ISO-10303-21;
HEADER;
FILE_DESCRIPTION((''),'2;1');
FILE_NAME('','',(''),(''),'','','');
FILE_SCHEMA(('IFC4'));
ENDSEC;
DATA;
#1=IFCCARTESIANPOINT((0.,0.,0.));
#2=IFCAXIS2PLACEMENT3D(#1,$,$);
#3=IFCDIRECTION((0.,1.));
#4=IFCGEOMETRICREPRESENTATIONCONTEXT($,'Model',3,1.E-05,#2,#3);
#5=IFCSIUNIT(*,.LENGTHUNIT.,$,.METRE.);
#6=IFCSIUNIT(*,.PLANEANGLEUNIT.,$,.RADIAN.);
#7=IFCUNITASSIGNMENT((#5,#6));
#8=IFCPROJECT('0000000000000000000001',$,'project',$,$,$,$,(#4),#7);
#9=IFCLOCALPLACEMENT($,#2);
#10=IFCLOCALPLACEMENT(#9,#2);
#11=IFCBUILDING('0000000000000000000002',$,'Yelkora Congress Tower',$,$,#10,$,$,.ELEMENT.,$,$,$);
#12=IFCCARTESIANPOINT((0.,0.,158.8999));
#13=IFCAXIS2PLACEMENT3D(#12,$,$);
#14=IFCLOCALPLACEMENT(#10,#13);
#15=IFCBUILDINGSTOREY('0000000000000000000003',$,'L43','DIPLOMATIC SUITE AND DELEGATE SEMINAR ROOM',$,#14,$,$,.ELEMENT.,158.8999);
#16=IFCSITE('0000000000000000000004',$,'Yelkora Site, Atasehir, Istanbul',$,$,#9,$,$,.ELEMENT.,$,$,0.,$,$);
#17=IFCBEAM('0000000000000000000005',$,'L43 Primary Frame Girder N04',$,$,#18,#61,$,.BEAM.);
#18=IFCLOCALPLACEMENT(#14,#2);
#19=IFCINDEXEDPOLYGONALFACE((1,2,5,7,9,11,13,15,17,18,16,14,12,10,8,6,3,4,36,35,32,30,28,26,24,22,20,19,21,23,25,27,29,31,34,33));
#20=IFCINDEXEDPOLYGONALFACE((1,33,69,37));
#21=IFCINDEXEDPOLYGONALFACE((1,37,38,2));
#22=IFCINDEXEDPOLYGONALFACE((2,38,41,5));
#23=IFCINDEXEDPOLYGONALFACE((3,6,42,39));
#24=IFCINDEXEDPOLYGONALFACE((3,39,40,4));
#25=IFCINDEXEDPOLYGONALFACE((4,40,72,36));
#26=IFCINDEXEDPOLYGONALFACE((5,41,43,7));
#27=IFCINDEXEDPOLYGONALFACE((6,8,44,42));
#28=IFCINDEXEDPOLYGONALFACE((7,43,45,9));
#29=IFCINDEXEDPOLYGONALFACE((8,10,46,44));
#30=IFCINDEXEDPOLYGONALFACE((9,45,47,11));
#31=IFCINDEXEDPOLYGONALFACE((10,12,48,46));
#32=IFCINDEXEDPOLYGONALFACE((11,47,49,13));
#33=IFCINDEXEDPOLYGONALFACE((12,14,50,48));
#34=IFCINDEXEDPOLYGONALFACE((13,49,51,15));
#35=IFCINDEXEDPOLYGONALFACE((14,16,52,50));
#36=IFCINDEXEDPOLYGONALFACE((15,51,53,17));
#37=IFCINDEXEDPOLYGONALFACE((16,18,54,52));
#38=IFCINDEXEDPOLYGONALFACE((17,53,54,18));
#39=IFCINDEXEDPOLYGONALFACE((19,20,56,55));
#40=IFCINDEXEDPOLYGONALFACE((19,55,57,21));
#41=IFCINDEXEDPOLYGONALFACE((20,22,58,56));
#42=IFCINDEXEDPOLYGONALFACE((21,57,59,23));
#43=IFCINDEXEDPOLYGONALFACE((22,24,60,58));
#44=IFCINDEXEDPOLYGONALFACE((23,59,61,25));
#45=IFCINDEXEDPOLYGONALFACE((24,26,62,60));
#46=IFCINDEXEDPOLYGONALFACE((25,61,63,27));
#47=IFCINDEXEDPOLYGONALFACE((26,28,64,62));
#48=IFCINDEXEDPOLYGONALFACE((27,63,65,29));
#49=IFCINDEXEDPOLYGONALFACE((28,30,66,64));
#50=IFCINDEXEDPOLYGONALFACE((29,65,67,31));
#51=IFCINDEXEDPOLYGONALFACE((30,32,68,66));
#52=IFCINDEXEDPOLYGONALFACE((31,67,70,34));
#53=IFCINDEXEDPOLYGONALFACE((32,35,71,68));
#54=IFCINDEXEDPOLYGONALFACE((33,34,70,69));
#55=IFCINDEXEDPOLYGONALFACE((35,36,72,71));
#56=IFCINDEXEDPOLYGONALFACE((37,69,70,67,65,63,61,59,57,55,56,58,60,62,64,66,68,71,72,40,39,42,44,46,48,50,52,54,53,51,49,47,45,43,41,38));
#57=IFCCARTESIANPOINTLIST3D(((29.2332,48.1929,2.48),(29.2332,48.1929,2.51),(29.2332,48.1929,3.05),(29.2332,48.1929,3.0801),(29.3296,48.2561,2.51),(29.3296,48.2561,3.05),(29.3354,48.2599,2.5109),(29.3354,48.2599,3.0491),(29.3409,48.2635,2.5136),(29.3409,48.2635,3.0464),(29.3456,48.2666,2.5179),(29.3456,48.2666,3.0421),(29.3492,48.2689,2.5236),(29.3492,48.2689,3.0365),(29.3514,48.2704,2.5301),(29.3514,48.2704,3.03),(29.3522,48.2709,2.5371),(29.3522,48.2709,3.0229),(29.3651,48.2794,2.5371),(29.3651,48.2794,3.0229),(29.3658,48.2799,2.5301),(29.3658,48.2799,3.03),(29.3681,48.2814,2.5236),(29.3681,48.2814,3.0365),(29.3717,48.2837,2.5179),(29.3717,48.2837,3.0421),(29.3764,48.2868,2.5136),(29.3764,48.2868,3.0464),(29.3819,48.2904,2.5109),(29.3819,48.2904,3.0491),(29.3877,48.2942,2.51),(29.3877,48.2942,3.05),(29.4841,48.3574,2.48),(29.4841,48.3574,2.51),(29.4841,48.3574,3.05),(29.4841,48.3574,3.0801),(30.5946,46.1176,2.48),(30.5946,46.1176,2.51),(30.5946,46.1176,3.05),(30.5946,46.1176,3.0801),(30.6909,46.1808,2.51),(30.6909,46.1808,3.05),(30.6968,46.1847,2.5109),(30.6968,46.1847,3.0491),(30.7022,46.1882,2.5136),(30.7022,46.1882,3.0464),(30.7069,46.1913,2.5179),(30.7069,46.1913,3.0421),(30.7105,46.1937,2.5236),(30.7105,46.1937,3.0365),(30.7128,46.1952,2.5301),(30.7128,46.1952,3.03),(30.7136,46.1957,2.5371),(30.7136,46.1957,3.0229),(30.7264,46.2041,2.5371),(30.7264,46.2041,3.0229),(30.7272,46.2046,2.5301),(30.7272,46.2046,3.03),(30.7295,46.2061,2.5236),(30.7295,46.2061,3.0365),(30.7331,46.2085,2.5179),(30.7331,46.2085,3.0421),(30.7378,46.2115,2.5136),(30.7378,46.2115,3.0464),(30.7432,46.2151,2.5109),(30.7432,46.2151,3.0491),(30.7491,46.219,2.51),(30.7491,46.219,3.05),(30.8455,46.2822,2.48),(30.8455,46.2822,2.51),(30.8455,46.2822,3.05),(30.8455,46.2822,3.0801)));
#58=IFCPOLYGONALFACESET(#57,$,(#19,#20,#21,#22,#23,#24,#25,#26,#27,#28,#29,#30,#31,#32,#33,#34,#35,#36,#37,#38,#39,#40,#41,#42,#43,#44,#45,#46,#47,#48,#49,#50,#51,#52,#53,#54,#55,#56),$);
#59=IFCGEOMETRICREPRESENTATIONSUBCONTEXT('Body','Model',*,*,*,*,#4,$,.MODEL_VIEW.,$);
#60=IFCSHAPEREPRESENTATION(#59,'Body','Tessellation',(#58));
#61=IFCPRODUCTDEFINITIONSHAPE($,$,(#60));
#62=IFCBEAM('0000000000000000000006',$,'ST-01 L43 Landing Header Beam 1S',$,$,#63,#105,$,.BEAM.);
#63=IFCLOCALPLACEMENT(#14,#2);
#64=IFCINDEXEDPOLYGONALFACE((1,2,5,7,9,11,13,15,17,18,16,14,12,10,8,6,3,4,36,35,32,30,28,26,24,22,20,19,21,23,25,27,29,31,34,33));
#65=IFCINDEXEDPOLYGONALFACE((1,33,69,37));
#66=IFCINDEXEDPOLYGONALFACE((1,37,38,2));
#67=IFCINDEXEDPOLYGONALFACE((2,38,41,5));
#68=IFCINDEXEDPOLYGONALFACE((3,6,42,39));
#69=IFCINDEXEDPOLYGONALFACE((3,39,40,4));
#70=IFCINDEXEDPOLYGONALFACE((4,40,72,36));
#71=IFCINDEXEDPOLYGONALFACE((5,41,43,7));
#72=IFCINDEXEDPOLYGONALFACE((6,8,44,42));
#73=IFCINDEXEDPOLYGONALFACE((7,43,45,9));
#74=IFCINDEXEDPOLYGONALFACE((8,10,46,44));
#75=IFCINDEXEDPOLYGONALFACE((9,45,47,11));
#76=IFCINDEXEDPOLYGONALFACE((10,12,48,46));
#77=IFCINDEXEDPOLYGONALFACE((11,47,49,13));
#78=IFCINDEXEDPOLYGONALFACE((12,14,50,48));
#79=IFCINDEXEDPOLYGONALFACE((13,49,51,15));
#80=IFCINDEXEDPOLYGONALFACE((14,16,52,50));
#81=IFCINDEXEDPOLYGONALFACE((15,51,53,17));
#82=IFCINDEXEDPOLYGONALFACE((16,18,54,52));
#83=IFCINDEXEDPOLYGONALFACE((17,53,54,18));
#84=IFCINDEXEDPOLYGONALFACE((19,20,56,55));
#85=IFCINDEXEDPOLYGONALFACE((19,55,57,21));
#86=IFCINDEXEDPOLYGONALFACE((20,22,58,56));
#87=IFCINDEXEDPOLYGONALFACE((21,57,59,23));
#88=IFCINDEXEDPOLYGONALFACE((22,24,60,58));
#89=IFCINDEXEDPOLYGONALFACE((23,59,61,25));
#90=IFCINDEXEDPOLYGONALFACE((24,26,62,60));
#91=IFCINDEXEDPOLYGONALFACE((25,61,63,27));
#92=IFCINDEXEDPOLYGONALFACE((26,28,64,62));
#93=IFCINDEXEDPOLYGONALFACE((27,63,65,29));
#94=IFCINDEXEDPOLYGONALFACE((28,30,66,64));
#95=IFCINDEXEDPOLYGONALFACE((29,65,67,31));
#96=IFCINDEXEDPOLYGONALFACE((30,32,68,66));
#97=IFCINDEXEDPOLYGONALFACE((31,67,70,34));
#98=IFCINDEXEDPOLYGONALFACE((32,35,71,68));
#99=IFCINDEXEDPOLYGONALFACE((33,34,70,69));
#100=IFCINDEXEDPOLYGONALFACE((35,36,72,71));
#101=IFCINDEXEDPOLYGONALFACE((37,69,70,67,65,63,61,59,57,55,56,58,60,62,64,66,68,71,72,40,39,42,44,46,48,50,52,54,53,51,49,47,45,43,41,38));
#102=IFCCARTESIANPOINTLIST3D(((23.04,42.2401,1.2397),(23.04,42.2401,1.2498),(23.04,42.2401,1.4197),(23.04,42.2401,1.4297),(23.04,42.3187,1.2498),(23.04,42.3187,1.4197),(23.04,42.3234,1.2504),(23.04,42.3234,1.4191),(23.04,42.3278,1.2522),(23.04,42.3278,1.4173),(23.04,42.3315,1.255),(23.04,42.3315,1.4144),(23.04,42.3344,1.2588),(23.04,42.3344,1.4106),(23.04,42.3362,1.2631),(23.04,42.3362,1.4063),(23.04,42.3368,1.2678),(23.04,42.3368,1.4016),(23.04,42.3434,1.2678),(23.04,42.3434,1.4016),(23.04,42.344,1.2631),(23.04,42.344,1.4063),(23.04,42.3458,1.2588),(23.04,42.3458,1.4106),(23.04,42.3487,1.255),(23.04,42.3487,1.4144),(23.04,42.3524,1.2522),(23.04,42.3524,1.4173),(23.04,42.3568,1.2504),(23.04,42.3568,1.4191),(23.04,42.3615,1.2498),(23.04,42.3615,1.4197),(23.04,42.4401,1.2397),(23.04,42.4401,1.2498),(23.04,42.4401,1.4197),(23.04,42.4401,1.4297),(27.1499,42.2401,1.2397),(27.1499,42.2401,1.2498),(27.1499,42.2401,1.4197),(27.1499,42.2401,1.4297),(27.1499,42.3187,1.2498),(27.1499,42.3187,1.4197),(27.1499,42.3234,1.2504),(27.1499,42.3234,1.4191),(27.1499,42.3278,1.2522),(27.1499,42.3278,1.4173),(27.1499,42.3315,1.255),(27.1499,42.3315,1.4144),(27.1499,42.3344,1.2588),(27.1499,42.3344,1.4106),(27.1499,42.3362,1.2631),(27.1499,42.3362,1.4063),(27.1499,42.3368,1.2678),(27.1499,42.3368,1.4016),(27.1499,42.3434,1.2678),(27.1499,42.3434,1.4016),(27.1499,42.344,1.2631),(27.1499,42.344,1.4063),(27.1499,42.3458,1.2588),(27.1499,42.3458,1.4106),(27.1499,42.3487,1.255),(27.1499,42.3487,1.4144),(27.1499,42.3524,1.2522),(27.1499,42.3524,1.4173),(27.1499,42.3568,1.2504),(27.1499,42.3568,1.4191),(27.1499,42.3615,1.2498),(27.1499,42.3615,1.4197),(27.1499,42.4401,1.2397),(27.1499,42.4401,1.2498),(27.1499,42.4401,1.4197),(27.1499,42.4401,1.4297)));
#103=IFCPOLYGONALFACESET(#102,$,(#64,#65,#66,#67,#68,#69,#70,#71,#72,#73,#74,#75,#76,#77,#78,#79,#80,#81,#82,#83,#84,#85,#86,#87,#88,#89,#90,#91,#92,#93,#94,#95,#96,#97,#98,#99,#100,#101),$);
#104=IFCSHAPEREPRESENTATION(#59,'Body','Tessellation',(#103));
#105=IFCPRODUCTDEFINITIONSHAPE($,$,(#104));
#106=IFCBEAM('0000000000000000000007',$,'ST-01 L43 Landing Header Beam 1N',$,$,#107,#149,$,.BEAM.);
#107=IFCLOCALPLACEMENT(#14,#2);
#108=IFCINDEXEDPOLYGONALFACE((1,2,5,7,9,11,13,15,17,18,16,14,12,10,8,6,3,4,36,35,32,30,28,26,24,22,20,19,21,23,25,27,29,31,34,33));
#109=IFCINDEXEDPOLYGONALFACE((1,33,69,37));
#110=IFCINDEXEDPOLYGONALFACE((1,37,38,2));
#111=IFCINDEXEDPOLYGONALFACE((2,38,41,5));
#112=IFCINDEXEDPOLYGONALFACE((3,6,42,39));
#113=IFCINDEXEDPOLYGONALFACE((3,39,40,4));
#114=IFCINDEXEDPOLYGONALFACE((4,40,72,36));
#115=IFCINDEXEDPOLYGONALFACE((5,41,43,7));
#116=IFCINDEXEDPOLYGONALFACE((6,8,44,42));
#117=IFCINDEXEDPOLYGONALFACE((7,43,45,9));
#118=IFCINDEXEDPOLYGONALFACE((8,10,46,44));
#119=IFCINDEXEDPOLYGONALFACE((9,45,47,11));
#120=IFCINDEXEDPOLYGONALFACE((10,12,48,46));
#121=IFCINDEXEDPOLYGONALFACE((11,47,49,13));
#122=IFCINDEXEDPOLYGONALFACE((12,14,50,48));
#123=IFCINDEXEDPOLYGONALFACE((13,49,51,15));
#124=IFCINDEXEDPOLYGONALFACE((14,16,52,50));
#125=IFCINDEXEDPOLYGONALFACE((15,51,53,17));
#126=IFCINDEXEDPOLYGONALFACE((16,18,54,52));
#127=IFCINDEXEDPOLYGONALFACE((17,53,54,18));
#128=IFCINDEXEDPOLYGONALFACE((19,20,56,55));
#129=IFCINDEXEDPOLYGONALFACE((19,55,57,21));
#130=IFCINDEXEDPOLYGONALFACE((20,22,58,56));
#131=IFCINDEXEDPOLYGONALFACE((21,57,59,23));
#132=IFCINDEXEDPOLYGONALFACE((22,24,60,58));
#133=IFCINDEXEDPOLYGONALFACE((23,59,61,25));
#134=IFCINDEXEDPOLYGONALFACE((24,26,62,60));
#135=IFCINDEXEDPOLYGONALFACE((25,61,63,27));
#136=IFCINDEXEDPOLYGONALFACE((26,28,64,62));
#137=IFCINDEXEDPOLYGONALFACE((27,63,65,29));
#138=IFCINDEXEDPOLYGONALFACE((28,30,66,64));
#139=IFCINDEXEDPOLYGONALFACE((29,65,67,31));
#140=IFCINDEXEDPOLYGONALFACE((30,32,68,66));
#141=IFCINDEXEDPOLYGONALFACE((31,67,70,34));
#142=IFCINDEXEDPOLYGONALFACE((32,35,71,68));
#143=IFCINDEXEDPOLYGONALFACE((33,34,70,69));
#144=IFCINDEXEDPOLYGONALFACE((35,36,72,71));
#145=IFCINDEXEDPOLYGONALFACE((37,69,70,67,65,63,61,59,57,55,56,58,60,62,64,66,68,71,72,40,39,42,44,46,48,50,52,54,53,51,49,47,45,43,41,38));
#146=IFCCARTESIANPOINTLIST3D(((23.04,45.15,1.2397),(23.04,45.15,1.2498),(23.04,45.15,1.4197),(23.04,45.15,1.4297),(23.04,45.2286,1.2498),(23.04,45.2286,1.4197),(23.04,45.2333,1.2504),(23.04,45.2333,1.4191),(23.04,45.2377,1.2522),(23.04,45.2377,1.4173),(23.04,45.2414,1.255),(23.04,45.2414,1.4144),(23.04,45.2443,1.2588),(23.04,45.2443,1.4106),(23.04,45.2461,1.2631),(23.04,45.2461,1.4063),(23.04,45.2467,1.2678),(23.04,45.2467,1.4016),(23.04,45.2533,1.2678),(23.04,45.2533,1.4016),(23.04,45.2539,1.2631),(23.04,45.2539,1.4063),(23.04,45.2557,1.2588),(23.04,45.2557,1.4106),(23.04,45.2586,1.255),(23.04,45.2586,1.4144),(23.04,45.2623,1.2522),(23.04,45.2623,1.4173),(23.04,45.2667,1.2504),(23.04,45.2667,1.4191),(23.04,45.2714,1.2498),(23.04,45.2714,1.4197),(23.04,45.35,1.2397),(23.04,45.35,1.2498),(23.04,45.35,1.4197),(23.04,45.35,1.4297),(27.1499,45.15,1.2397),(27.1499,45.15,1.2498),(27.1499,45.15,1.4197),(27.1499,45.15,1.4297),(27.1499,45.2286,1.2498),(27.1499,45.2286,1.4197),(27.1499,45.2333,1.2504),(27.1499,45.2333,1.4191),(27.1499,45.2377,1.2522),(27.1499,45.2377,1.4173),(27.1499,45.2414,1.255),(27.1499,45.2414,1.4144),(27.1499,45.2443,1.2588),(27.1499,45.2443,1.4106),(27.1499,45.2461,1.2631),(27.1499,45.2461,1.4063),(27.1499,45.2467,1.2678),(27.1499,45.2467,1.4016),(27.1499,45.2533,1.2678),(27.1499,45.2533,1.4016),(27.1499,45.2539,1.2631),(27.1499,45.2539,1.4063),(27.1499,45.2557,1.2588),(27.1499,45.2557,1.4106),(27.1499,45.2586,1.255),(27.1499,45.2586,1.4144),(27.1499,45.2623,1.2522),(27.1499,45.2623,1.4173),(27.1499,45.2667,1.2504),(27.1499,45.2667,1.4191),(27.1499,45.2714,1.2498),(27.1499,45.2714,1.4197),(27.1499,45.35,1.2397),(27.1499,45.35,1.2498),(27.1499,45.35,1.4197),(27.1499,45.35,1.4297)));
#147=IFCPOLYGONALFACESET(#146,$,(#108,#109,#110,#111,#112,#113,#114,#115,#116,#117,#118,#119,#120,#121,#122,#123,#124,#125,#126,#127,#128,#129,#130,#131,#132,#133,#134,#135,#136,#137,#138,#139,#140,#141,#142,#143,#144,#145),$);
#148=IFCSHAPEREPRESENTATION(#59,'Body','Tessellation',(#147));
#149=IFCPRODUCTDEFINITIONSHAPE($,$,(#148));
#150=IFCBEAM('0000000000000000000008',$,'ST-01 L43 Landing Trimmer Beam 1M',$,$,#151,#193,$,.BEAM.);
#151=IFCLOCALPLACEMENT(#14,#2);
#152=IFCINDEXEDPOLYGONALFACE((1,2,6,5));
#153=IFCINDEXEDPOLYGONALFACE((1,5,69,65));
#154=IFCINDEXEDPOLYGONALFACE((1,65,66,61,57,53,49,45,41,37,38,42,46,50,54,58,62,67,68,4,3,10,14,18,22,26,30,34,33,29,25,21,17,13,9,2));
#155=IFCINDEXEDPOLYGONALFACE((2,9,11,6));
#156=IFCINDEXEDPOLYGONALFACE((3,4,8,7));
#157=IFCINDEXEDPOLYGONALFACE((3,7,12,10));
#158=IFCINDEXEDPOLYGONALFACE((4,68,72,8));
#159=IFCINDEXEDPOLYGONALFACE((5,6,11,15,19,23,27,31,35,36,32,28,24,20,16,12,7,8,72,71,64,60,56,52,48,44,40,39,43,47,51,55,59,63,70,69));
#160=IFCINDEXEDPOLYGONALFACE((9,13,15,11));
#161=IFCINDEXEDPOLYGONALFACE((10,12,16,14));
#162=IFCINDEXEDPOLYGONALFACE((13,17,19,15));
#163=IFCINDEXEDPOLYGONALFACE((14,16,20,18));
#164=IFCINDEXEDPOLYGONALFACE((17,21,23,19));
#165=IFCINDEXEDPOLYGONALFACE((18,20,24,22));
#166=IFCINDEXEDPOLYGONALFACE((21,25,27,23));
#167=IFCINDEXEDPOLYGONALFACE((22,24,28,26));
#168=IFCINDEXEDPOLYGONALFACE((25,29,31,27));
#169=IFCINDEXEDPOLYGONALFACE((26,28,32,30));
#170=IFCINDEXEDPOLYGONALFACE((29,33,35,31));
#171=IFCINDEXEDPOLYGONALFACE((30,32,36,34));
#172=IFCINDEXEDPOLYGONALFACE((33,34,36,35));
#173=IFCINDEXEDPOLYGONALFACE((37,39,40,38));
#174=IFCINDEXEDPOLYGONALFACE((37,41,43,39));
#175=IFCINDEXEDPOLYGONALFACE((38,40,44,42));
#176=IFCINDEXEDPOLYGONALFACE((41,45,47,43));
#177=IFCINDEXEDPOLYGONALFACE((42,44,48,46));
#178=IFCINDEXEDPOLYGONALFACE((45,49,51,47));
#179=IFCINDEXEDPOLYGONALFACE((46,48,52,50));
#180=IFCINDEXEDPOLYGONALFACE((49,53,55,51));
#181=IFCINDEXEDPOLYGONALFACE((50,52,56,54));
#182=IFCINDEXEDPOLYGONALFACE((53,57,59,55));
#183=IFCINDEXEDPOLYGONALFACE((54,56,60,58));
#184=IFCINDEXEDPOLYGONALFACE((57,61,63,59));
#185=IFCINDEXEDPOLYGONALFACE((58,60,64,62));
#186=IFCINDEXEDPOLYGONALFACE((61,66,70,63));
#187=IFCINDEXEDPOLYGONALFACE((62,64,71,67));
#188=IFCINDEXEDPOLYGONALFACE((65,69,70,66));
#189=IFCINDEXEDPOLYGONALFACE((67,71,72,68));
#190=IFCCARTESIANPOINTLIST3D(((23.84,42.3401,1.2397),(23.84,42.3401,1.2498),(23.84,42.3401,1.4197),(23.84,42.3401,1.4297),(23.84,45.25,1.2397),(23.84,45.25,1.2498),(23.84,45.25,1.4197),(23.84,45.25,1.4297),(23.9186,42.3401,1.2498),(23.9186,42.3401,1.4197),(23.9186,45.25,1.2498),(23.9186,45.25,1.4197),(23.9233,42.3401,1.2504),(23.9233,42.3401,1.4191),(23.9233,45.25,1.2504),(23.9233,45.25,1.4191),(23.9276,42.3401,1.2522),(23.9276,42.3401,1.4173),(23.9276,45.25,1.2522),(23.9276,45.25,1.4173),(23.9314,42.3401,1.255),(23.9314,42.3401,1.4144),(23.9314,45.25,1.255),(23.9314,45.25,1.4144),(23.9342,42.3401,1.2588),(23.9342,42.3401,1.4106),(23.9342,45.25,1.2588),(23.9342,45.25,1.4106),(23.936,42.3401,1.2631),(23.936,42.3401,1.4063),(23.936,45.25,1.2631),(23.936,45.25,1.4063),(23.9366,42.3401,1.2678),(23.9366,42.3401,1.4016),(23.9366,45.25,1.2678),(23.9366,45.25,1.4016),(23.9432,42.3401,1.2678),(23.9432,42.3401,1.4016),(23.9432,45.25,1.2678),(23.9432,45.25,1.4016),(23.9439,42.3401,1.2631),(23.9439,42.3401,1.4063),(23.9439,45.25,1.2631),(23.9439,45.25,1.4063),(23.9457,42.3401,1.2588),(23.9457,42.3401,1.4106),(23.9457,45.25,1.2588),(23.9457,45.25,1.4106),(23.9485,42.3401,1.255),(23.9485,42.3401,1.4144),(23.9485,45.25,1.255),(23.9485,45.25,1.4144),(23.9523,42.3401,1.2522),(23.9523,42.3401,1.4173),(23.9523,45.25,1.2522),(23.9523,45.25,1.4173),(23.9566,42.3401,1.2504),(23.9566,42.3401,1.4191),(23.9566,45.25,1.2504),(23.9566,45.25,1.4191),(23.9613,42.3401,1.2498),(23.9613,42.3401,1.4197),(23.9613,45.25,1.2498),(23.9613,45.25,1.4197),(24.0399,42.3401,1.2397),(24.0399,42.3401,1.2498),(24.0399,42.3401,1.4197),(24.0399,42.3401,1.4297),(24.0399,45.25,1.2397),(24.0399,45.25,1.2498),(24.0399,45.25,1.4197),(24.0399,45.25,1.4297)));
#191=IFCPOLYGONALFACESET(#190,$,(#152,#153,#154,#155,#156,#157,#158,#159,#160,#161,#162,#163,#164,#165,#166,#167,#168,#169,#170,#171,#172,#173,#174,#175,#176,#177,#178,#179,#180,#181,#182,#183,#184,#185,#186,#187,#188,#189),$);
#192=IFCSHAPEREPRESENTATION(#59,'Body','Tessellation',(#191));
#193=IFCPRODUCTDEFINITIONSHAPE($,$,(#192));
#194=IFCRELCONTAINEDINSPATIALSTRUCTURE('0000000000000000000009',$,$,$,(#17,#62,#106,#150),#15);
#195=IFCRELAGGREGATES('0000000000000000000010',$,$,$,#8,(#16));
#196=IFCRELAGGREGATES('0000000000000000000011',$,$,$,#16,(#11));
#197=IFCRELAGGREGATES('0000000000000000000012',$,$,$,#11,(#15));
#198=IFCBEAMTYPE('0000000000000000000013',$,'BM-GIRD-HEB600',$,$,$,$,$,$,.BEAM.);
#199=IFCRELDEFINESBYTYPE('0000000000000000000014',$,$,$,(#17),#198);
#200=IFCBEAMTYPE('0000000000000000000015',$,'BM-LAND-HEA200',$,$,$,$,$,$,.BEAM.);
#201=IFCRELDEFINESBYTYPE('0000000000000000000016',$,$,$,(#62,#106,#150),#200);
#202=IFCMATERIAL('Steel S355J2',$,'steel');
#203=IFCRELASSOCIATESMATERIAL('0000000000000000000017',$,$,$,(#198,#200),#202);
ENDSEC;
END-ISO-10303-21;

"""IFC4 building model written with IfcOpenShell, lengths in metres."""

from ifc_helpers import new_model, si_unit, direction, frame, origin, origin_2d, place, context, subcontext, project, spatial, i_section, extrude, material, material_profile, profile_set, type_object, element, save


model = new_model("IFC4")

# Units and contexts
model_context = context("Model", 3, precision=1e-05, world=origin(), true_north=direction((0.0, 1.0)))
body_context = subcontext(model_context, "Body", "Model", "MODEL_VIEW")
ifc_project = project(units=[si_unit("LENGTHUNIT", "METRE"), si_unit("PLANEANGLEUNIT", "RADIAN")], contexts=[model_context])

# Site, building, storey
site_placement = place(None, origin())
site = spatial("IfcSite", under=ifc_project, at=site_placement, Name="Yelkora Site, Atasehir, Istanbul", CompositionType="ELEMENT", RefElevation=0.0)
building_placement = place(site_placement, origin())
building = spatial("IfcBuilding", under=site, at=building_placement, Name="Yelkora Congress Tower", CompositionType="ELEMENT")
storey_placement = place(building_placement, frame((0.0, 0.0, 158.8999)))
storey = spatial("IfcBuildingStorey", under=building, at=storey_placement, Name="L43", Description="DIPLOMATIC SUITE AND DELEGATE SEMINAR ROOM", CompositionType="ELEMENT", Elevation=158.8999)

# Beams
ifc_material_1 = material(Name="Steel S355J2", Category="steel")
ifc_material_profile_1 = material_profile(ifc_material_1, i_section(OverallWidth=0.3, OverallDepth=0.6001, WebThickness=0.0154, FlangeThickness=0.03, FilletRadius=0.0271, at=origin_2d()), Name="HEB 600")
ifc_profile_set_1 = profile_set([ifc_material_profile_1], Name="Steel S355J2")
beam_type_1 = type_object("IfcBeamType", Name="BM-GIRD-HEB600", PredefinedType="BEAM", material=ifc_profile_set_1)
beam_1_placement = place(storey_placement, frame((29.3586, 48.2751, 2.78), z_axis=(0.54851, -0.836144, 0.0), x_axis=(0.836144, 0.54851, 0.0)))
element("IfcBeam", 1, at=beam_1_placement, inside=storey, type_object=beam_type_1, Name="L43 Primary Frame Girder N04", PredefinedType="BEAM", context=body_context, shape_type="SweptSolid", body=[
    extrude(i_section(OverallWidth=0.3, OverallDepth=0.6001, WebThickness=0.0154, FlangeThickness=0.03, FilletRadius=0.0271, at=origin_2d()), origin(), (0.0, 0.0, 1.0), 2.4819),
])
ifc_material_profile_2 = material_profile(ifc_material_1, i_section(OverallWidth=0.2, OverallDepth=0.1899, WebThickness=0.0066, FlangeThickness=0.01, FilletRadius=0.0181, at=origin_2d()), Name="HEA 200")
ifc_profile_set_2 = profile_set([ifc_material_profile_2], Name="Steel S355J2")
beam_type_2 = type_object("IfcBeamType", Name="BM-LAND-HEA200", PredefinedType="BEAM", material=ifc_profile_set_2)
for number, where, z_axis, x_axis, name in (
    (2, (23.04, 42.3401, 1.3347), (1.0, 0.0, 0.0), (0.0, 1.0, 0.0), "ST-01 L43 Landing Header Beam 1S"),
    (3, (23.04, 45.25, 1.3347), (1.0, 0.0, 0.0), (0.0, 1.0, 0.0), "ST-01 L43 Landing Header Beam 1N"),
):
    element("IfcBeam", number, at=place(storey_placement, frame(where, z_axis=z_axis, x_axis=x_axis)), inside=storey, type_object=beam_type_2, Name=name, PredefinedType="BEAM", context=body_context, shape_type="SweptSolid", body=[
        extrude(i_section(OverallWidth=0.2, OverallDepth=0.1899, WebThickness=0.0066, FlangeThickness=0.01, FilletRadius=0.0181, at=origin_2d()), origin(), (0.0, 0.0, 1.0), 4.1099),
    ])
beam_2_placement = place(storey_placement, frame((23.9399, 42.3401, 1.3347), z_axis=(0.0, 1.0, 0.0), x_axis=(-1.0, 0.0, 0.0)))
element("IfcBeam", 4, at=beam_2_placement, inside=storey, type_object=beam_type_2, Name="ST-01 L43 Landing Trimmer Beam 1M", PredefinedType="BEAM", context=body_context, shape_type="SweptSolid", body=[
    extrude(i_section(OverallWidth=0.2, OverallDepth=0.1899, WebThickness=0.0066, FlangeThickness=0.01, FilletRadius=0.0181, at=origin_2d()), origin(), (0.0, 0.0, 1.0), 2.9099),
])

save(model, "model.ifc")
